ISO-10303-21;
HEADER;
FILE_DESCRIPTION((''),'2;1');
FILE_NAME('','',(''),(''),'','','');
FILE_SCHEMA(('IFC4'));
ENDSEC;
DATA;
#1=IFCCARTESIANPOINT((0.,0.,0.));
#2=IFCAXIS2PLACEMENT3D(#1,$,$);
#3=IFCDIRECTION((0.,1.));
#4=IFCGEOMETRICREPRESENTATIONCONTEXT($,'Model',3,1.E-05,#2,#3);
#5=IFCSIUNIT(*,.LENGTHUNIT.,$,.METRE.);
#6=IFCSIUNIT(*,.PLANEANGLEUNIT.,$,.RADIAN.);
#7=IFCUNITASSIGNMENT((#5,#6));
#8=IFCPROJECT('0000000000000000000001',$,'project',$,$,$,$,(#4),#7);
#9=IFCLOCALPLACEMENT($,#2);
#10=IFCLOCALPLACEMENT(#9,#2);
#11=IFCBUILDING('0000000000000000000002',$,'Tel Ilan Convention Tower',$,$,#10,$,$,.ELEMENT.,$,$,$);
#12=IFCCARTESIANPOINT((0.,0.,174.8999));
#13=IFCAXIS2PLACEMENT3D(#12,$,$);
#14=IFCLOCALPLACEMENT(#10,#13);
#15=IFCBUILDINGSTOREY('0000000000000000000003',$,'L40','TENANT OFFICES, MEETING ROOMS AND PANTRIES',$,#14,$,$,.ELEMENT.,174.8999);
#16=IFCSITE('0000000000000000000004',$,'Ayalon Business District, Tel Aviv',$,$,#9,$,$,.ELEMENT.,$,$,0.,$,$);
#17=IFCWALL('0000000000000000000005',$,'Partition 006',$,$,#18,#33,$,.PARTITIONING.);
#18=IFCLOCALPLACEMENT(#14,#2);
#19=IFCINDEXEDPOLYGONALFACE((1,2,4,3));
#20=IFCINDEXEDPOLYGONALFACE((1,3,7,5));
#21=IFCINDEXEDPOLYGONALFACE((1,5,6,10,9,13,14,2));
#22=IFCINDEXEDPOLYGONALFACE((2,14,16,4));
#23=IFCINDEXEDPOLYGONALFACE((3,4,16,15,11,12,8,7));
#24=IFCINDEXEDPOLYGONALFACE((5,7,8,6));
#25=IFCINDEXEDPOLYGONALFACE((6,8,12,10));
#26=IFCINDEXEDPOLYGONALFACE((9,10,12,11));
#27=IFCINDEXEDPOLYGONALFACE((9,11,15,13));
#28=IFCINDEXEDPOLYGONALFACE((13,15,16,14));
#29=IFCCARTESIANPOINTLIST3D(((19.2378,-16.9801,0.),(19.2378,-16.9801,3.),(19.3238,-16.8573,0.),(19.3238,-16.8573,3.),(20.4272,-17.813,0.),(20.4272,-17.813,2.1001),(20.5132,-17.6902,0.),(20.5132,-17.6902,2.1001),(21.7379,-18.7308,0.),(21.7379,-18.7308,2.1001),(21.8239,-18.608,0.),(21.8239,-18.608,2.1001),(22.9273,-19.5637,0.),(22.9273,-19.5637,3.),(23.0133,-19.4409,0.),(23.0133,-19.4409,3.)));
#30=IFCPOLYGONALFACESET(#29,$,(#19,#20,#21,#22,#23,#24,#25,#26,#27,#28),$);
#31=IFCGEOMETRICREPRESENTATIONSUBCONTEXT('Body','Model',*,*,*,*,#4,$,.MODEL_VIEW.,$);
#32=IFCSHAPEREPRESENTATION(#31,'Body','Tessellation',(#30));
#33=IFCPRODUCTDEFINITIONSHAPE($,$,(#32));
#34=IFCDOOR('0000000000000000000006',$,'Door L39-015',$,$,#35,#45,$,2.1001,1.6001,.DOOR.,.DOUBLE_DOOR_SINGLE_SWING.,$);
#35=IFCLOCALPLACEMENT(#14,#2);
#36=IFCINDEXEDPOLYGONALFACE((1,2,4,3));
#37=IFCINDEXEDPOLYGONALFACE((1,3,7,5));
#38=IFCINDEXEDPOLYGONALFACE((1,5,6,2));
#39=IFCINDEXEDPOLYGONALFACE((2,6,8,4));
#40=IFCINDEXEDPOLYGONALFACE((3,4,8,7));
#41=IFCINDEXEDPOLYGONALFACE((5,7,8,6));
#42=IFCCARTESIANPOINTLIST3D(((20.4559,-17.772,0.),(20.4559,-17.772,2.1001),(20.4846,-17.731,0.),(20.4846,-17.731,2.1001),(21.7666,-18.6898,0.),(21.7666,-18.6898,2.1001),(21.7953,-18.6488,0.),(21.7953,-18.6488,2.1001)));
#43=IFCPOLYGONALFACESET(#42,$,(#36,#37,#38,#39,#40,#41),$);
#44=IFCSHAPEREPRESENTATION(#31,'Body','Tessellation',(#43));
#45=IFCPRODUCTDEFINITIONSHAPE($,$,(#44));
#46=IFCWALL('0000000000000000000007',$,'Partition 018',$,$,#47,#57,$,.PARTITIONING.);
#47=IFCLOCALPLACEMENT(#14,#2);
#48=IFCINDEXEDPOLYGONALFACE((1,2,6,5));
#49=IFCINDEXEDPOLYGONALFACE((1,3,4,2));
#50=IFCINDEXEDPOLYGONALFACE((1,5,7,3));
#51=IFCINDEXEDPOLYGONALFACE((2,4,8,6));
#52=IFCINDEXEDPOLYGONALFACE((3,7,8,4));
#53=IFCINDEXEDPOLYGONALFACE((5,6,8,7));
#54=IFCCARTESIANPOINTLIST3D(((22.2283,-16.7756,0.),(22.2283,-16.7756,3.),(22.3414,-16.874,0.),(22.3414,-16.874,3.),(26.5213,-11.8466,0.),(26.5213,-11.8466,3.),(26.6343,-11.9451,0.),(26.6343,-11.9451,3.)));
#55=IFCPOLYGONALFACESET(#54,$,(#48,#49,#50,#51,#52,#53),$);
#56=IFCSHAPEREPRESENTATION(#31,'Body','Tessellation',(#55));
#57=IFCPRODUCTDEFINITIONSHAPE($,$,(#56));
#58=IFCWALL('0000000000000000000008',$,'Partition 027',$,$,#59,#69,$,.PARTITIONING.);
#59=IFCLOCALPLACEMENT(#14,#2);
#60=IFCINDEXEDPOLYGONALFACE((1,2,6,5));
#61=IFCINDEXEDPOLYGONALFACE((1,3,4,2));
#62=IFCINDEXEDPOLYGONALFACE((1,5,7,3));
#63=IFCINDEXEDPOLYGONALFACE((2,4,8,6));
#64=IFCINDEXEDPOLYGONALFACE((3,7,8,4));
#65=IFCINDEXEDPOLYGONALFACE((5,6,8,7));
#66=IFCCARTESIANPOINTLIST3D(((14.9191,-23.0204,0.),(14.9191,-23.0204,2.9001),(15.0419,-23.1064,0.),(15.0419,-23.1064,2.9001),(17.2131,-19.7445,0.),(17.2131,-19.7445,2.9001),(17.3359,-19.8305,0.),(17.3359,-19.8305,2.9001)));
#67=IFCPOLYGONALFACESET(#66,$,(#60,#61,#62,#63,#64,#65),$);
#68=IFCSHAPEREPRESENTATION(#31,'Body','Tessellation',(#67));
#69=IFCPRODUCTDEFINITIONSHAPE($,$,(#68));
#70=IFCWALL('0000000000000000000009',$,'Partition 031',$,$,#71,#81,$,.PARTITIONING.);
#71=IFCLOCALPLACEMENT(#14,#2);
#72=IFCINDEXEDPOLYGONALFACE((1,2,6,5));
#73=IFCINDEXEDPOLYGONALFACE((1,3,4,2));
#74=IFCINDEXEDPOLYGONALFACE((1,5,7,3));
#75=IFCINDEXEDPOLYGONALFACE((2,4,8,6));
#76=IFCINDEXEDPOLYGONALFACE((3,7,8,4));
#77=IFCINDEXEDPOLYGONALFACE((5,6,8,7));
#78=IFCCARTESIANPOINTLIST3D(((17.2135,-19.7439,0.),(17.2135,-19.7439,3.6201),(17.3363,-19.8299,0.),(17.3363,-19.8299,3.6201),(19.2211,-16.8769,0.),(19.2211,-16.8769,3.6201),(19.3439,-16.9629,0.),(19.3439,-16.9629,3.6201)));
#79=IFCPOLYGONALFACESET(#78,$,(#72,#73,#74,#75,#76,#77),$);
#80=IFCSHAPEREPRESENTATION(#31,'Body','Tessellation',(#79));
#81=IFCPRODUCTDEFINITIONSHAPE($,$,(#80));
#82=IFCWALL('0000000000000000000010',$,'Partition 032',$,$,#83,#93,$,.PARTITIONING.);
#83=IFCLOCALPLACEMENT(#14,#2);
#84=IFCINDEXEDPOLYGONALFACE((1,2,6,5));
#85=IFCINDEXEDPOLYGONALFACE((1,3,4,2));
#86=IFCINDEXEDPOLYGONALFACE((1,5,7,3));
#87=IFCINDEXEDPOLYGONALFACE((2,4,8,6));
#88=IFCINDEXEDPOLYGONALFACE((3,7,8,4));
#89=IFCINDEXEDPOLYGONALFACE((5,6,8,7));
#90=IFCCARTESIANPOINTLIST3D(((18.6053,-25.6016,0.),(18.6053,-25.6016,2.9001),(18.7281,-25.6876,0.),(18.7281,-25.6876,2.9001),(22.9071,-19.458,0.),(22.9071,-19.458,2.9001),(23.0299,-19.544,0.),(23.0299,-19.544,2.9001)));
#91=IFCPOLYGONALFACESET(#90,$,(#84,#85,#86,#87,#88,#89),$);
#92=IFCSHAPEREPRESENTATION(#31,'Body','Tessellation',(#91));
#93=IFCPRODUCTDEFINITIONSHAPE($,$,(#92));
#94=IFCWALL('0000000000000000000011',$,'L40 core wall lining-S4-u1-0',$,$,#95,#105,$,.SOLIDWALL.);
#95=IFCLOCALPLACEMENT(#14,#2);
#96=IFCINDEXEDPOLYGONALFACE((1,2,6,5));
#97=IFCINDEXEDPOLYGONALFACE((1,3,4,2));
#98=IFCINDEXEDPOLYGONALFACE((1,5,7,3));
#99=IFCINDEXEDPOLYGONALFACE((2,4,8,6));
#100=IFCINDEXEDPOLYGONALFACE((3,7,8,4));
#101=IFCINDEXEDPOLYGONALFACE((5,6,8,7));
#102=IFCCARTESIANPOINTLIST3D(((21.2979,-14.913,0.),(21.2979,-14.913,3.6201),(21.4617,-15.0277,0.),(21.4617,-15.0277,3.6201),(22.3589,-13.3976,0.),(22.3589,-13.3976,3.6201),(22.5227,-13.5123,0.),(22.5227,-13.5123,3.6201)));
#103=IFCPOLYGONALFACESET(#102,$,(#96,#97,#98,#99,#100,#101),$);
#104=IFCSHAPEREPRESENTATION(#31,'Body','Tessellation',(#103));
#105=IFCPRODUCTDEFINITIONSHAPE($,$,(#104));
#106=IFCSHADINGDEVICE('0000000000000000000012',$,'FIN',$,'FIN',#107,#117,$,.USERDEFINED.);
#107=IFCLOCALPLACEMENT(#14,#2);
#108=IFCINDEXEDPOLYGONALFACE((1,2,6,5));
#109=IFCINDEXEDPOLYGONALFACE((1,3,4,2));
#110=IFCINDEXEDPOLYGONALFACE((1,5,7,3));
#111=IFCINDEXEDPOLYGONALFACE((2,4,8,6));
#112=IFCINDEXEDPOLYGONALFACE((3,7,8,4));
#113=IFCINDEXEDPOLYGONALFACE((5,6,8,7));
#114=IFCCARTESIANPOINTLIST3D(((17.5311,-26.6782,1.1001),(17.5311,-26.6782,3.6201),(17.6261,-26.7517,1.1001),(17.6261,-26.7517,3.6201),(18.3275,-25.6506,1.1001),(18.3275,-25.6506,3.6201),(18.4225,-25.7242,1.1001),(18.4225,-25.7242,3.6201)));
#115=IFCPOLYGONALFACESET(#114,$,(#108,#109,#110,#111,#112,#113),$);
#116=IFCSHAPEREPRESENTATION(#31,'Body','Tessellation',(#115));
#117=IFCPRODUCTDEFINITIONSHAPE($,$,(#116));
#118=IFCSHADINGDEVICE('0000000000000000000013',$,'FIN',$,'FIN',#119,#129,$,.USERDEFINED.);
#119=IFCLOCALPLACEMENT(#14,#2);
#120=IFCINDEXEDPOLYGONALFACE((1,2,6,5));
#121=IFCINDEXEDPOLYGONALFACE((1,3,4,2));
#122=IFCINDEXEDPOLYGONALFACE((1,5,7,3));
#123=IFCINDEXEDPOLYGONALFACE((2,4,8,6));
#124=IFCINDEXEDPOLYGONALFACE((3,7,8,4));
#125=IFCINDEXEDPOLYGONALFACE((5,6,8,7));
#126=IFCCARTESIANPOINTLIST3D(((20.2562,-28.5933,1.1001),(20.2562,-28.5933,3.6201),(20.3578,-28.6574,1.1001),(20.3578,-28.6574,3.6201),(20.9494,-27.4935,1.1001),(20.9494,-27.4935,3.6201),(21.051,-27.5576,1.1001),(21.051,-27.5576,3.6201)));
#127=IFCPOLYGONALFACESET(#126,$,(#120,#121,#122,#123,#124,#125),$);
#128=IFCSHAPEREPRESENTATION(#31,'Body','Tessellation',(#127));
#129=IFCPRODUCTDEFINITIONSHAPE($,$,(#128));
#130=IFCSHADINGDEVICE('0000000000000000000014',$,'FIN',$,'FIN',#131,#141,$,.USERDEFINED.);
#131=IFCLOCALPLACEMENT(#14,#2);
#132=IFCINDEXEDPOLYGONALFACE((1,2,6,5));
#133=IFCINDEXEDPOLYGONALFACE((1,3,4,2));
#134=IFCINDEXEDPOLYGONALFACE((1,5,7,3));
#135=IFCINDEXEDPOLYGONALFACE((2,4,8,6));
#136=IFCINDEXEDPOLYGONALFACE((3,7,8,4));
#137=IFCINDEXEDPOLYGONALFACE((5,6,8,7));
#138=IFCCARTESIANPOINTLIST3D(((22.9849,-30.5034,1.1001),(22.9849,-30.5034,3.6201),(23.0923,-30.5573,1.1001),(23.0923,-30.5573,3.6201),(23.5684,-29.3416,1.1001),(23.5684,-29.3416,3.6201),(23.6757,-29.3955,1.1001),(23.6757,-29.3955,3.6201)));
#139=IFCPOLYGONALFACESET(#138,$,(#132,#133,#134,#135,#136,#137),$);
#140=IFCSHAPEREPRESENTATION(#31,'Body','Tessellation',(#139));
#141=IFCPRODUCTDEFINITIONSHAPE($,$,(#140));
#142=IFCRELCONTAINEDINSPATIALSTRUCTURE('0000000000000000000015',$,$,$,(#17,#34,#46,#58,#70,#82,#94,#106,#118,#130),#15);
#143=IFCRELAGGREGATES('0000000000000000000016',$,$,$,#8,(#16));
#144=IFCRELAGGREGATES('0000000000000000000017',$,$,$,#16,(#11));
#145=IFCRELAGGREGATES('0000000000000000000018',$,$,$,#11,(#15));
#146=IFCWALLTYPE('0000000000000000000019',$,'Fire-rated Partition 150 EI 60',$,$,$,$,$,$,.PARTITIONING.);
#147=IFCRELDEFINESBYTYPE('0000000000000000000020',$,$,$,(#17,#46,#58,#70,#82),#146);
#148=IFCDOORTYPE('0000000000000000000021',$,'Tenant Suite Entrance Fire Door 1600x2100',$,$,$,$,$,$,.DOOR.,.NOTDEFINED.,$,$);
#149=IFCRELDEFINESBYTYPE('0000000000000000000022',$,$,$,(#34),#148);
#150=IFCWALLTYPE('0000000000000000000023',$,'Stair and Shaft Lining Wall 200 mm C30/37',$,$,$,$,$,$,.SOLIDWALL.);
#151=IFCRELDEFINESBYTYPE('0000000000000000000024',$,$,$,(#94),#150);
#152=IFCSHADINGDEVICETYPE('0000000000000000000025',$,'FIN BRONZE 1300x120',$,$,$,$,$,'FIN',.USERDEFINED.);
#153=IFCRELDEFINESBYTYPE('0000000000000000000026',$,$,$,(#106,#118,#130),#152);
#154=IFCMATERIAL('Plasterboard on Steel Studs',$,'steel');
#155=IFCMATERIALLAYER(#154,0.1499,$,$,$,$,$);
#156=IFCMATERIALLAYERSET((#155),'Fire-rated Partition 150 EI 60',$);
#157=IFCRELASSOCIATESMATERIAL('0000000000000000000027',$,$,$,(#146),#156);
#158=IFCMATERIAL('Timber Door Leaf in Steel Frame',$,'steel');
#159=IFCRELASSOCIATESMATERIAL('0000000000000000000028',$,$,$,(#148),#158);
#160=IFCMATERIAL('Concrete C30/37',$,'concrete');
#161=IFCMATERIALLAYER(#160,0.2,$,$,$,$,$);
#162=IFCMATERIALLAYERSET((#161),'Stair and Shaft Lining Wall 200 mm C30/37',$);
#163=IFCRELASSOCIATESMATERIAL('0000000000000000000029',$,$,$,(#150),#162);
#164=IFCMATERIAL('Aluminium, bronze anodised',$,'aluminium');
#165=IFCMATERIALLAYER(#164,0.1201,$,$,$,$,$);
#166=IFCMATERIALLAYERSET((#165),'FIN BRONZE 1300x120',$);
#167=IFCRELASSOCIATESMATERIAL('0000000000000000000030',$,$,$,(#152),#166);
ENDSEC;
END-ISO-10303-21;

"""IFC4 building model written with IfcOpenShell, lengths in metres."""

from ifc_helpers import new_model, si_unit, direction, frame, frame_2d, origin, origin_2d, place, context, subcontext, project, spatial, rectangle, extrude, material, layer, layer_set, type_object, element, fill, save


model = new_model("IFC4")

# Units and contexts
model_context = context("Model", 3, precision=1e-05, world=origin(), true_north=direction((0.0, 1.0)))
body_context = subcontext(model_context, "Body", "Model", "MODEL_VIEW")
ifc_project = project(units=[si_unit("LENGTHUNIT", "METRE"), si_unit("PLANEANGLEUNIT", "RADIAN")], contexts=[model_context])

# Site, building, storey
site_placement = place(None, origin())
site = spatial("IfcSite", under=ifc_project, at=site_placement, Name="Ayalon Business District, Tel Aviv", CompositionType="ELEMENT", RefElevation=0.0)
building_placement = place(site_placement, origin())
building = spatial("IfcBuilding", under=site, at=building_placement, Name="Tel Ilan Convention Tower", CompositionType="ELEMENT")
storey_placement = place(building_placement, frame((0.0, 0.0, 174.8999)))
storey = spatial("IfcBuildingStorey", under=building, at=storey_placement, Name="L40", Description="TENANT OFFICES, MEETING ROOMS AND PANTRIES", CompositionType="ELEMENT", Elevation=174.8999)

# Wall, opening, door
ifc_material_1 = material(Name="Plasterboard on Steel Studs", Category="steel")
ifc_layer_1 = layer(ifc_material_1, 0.1499)
ifc_layer_set_1 = layer_set([ifc_layer_1], Name="Fire-rated Partition 150 EI 60")
wall_type_1 = type_object("IfcWallType", Name="Fire-rated Partition 150 EI 60", PredefinedType="PARTITIONING", material=ifc_layer_set_1)
ifc_material_2 = material(Name="Timber Door Leaf in Steel Frame", Category="steel")
door_type_1 = type_object("IfcDoorType", Name="Tenant Suite Entrance Fire Door 1600x2100", OperationType="NOTDEFINED", PredefinedType="DOOR", material=ifc_material_2)
wall_1_placement = place(storey_placement, frame((22.9702, -19.5022, 0.0), z_axis=(0.0, 0.0, 1.0), x_axis=(-0.81914, 0.573593, 0.0)))
wall_1 = element("IfcWall", 1, at=wall_1_placement, inside=storey, type_object=wall_type_1, Name="Partition 006", PredefinedType="PARTITIONING", context=body_context, shape_type="SweptSolid", body=[
    extrude(rectangle(XDim=4.5042, YDim=0.1499, at=frame_2d((2.252, 0.0))), origin(), (0.0, 0.0, 1.0), 3.0),
])
opening_1_placement = place(wall_1_placement, frame((1.4519, 0.0, 0.0)))
opening_1 = element("IfcOpeningElement", 2, at=opening_1_placement, cuts=wall_1, PredefinedType="OPENING", context=body_context, shape_type="SweptSolid", body=[
    extrude(rectangle(XDim=1.6001, YDim=2.1001, at=frame_2d((0.8, 1.05))), frame((0.0, 0.085, 0.0), z_axis=(0.0, -1.0, 0.0), x_axis=(1.0, 0.0, 0.0)), (0.0, 0.0, 1.0), 0.1699),
])
door_1_placement = place(opening_1_placement, origin())
door_1 = element("IfcDoor", 3, at=door_1_placement, inside=storey, type_object=door_type_1, Name="Door L39-015", OperationType="DOUBLE_DOOR_SINGLE_SWING", OverallHeight=2.1001, OverallWidth=1.6001, PredefinedType="DOOR", context=body_context, shape_type="SweptSolid", body=[
    extrude(rectangle(XDim=1.6001, YDim=2.1001, at=frame_2d((0.8, 1.05))), frame((0.0, 0.0249, 0.0), z_axis=(0.0, -1.0, 0.0), x_axis=(1.0, 0.0, 0.0)), (0.0, 0.0, 1.0), 0.05),
])
fill(opening_1, door_1)

# Walls
wall_2_placement = place(storey_placement, frame((22.2849, -16.8247, 0.0), z_axis=(0.0, 0.0, 1.0), x_axis=(0.656781, 0.754081, 0.0)))
element("IfcWall", 4, at=wall_2_placement, inside=storey, type_object=wall_type_1, Name="Partition 018", PredefinedType="PARTITIONING", context=body_context, shape_type="SweptSolid", body=[
    extrude(rectangle(XDim=6.5364, YDim=0.1499, at=frame_2d((3.2681, 0.0))), origin(), (0.0, 0.0, 1.0), 3.0),
])
wall_3_placement = place(storey_placement, frame((17.2744, -19.7876, 0.0), z_axis=(0.0, 0.0, 1.0), x_axis=(-0.573602, -0.819134, 0.0)))
element("IfcWall", 5, at=wall_3_placement, inside=storey, type_object=wall_type_1, Name="Partition 027", PredefinedType="PARTITIONING", context=body_context, shape_type="SweptSolid", body=[
    extrude(rectangle(XDim=3.9993, YDim=0.1499, at=frame_2d((1.9995, 0.0))), origin(), (0.0, 0.0, 1.0), 2.9001),
])
wall_4_placement = place(storey_placement, frame((19.2825, -16.9199, 0.0), z_axis=(0.0, 0.0, 1.0), x_axis=(-0.573598, -0.819137, 0.0)))
element("IfcWall", 6, at=wall_4_placement, inside=storey, type_object=wall_type_1, Name="Partition 031", PredefinedType="PARTITIONING", context=body_context, shape_type="SweptSolid", body=[
    extrude(rectangle(XDim=3.5, YDim=0.1499, at=frame_2d((1.75, 0.0))), origin(), (0.0, 0.0, 1.0), 3.6201),
])
wall_5_placement = place(storey_placement, frame((22.9685, -19.501, 0.0), z_axis=(0.0, 0.0, 1.0), x_axis=(-0.573576, -0.819152, 0.0)))
element("IfcWall", 7, at=wall_5_placement, inside=storey, type_object=wall_type_1, Name="Partition 032", PredefinedType="PARTITIONING", context=body_context, shape_type="SweptSolid", body=[
    extrude(rectangle(XDim=7.5, YDim=0.1499, at=frame_2d((3.75, 0.0))), origin(), (0.0, 0.0, 1.0), 2.9001),
])
ifc_material_3 = material(Name="Concrete C30/37", Category="concrete")
ifc_layer_2 = layer(ifc_material_3, 0.2)
ifc_layer_set_2 = layer_set([ifc_layer_2], Name="Stair and Shaft Lining Wall 200 mm C30/37")
wall_type_2 = type_object("IfcWallType", Name="Stair and Shaft Lining Wall 200 mm C30/37", PredefinedType="SOLIDWALL", material=ifc_layer_set_2)
wall_6_placement = place(storey_placement, frame((21.3799, -14.9702, 0.0), z_axis=(0.0, 0.0, 1.0), x_axis=(0.57356, 0.819164, 0.0)))
element("IfcWall", 8, at=wall_6_placement, inside=storey, type_object=wall_type_2, Name="L40 core wall lining-S4-u1-0", PredefinedType="SOLIDWALL", context=body_context, shape_type="SweptSolid", body=[
    extrude(rectangle(XDim=1.8499, YDim=0.2, at=frame_2d((0.9248, 0.0))), origin(), (0.0, 0.0, 1.0), 3.6201),
])

# Shading devices
ifc_material_4 = material(Name="Aluminium, bronze anodised", Category="aluminium")
ifc_layer_3 = layer(ifc_material_4, 0.1201)
ifc_layer_set_3 = layer_set([ifc_layer_3], Name="FIN BRONZE 1300x120")
shading_device_type = type_object("IfcShadingDeviceType", Name="FIN BRONZE 1300x120", ElementType="FIN", PredefinedType="USERDEFINED", material=ifc_layer_set_3)
for number, where, z_axis, x_axis, name in (
    (9, (17.9768, -26.2012, 1.1001), (0.0, 0.0, 1.0), (-0.612601, -0.790393, 0.0), "FIN"),
    (10, (20.6536, -28.0754, 1.1001), (0.0, 0.0, 1.0), (-0.533204, -0.845986, 0.0), "FIN"),
    (11, (23.3303, -29.9495, 1.1001), (0.0, 0.0, 1.0), (-0.448799, -0.893633, 0.0), "FIN"),
):
    element("IfcShadingDevice", number, at=place(storey_placement, frame(where, z_axis=z_axis, x_axis=x_axis)), inside=storey, type_object=shading_device_type, Name=name, ObjectType="FIN", PredefinedType="USERDEFINED", context=body_context, shape_type="SweptSolid", body=[
        extrude(rectangle(XDim=1.3, YDim=0.1201, at=origin_2d()), origin(), (0.0, 0.0, 1.0), 2.52),
    ])

save(model, "model.ifc")
